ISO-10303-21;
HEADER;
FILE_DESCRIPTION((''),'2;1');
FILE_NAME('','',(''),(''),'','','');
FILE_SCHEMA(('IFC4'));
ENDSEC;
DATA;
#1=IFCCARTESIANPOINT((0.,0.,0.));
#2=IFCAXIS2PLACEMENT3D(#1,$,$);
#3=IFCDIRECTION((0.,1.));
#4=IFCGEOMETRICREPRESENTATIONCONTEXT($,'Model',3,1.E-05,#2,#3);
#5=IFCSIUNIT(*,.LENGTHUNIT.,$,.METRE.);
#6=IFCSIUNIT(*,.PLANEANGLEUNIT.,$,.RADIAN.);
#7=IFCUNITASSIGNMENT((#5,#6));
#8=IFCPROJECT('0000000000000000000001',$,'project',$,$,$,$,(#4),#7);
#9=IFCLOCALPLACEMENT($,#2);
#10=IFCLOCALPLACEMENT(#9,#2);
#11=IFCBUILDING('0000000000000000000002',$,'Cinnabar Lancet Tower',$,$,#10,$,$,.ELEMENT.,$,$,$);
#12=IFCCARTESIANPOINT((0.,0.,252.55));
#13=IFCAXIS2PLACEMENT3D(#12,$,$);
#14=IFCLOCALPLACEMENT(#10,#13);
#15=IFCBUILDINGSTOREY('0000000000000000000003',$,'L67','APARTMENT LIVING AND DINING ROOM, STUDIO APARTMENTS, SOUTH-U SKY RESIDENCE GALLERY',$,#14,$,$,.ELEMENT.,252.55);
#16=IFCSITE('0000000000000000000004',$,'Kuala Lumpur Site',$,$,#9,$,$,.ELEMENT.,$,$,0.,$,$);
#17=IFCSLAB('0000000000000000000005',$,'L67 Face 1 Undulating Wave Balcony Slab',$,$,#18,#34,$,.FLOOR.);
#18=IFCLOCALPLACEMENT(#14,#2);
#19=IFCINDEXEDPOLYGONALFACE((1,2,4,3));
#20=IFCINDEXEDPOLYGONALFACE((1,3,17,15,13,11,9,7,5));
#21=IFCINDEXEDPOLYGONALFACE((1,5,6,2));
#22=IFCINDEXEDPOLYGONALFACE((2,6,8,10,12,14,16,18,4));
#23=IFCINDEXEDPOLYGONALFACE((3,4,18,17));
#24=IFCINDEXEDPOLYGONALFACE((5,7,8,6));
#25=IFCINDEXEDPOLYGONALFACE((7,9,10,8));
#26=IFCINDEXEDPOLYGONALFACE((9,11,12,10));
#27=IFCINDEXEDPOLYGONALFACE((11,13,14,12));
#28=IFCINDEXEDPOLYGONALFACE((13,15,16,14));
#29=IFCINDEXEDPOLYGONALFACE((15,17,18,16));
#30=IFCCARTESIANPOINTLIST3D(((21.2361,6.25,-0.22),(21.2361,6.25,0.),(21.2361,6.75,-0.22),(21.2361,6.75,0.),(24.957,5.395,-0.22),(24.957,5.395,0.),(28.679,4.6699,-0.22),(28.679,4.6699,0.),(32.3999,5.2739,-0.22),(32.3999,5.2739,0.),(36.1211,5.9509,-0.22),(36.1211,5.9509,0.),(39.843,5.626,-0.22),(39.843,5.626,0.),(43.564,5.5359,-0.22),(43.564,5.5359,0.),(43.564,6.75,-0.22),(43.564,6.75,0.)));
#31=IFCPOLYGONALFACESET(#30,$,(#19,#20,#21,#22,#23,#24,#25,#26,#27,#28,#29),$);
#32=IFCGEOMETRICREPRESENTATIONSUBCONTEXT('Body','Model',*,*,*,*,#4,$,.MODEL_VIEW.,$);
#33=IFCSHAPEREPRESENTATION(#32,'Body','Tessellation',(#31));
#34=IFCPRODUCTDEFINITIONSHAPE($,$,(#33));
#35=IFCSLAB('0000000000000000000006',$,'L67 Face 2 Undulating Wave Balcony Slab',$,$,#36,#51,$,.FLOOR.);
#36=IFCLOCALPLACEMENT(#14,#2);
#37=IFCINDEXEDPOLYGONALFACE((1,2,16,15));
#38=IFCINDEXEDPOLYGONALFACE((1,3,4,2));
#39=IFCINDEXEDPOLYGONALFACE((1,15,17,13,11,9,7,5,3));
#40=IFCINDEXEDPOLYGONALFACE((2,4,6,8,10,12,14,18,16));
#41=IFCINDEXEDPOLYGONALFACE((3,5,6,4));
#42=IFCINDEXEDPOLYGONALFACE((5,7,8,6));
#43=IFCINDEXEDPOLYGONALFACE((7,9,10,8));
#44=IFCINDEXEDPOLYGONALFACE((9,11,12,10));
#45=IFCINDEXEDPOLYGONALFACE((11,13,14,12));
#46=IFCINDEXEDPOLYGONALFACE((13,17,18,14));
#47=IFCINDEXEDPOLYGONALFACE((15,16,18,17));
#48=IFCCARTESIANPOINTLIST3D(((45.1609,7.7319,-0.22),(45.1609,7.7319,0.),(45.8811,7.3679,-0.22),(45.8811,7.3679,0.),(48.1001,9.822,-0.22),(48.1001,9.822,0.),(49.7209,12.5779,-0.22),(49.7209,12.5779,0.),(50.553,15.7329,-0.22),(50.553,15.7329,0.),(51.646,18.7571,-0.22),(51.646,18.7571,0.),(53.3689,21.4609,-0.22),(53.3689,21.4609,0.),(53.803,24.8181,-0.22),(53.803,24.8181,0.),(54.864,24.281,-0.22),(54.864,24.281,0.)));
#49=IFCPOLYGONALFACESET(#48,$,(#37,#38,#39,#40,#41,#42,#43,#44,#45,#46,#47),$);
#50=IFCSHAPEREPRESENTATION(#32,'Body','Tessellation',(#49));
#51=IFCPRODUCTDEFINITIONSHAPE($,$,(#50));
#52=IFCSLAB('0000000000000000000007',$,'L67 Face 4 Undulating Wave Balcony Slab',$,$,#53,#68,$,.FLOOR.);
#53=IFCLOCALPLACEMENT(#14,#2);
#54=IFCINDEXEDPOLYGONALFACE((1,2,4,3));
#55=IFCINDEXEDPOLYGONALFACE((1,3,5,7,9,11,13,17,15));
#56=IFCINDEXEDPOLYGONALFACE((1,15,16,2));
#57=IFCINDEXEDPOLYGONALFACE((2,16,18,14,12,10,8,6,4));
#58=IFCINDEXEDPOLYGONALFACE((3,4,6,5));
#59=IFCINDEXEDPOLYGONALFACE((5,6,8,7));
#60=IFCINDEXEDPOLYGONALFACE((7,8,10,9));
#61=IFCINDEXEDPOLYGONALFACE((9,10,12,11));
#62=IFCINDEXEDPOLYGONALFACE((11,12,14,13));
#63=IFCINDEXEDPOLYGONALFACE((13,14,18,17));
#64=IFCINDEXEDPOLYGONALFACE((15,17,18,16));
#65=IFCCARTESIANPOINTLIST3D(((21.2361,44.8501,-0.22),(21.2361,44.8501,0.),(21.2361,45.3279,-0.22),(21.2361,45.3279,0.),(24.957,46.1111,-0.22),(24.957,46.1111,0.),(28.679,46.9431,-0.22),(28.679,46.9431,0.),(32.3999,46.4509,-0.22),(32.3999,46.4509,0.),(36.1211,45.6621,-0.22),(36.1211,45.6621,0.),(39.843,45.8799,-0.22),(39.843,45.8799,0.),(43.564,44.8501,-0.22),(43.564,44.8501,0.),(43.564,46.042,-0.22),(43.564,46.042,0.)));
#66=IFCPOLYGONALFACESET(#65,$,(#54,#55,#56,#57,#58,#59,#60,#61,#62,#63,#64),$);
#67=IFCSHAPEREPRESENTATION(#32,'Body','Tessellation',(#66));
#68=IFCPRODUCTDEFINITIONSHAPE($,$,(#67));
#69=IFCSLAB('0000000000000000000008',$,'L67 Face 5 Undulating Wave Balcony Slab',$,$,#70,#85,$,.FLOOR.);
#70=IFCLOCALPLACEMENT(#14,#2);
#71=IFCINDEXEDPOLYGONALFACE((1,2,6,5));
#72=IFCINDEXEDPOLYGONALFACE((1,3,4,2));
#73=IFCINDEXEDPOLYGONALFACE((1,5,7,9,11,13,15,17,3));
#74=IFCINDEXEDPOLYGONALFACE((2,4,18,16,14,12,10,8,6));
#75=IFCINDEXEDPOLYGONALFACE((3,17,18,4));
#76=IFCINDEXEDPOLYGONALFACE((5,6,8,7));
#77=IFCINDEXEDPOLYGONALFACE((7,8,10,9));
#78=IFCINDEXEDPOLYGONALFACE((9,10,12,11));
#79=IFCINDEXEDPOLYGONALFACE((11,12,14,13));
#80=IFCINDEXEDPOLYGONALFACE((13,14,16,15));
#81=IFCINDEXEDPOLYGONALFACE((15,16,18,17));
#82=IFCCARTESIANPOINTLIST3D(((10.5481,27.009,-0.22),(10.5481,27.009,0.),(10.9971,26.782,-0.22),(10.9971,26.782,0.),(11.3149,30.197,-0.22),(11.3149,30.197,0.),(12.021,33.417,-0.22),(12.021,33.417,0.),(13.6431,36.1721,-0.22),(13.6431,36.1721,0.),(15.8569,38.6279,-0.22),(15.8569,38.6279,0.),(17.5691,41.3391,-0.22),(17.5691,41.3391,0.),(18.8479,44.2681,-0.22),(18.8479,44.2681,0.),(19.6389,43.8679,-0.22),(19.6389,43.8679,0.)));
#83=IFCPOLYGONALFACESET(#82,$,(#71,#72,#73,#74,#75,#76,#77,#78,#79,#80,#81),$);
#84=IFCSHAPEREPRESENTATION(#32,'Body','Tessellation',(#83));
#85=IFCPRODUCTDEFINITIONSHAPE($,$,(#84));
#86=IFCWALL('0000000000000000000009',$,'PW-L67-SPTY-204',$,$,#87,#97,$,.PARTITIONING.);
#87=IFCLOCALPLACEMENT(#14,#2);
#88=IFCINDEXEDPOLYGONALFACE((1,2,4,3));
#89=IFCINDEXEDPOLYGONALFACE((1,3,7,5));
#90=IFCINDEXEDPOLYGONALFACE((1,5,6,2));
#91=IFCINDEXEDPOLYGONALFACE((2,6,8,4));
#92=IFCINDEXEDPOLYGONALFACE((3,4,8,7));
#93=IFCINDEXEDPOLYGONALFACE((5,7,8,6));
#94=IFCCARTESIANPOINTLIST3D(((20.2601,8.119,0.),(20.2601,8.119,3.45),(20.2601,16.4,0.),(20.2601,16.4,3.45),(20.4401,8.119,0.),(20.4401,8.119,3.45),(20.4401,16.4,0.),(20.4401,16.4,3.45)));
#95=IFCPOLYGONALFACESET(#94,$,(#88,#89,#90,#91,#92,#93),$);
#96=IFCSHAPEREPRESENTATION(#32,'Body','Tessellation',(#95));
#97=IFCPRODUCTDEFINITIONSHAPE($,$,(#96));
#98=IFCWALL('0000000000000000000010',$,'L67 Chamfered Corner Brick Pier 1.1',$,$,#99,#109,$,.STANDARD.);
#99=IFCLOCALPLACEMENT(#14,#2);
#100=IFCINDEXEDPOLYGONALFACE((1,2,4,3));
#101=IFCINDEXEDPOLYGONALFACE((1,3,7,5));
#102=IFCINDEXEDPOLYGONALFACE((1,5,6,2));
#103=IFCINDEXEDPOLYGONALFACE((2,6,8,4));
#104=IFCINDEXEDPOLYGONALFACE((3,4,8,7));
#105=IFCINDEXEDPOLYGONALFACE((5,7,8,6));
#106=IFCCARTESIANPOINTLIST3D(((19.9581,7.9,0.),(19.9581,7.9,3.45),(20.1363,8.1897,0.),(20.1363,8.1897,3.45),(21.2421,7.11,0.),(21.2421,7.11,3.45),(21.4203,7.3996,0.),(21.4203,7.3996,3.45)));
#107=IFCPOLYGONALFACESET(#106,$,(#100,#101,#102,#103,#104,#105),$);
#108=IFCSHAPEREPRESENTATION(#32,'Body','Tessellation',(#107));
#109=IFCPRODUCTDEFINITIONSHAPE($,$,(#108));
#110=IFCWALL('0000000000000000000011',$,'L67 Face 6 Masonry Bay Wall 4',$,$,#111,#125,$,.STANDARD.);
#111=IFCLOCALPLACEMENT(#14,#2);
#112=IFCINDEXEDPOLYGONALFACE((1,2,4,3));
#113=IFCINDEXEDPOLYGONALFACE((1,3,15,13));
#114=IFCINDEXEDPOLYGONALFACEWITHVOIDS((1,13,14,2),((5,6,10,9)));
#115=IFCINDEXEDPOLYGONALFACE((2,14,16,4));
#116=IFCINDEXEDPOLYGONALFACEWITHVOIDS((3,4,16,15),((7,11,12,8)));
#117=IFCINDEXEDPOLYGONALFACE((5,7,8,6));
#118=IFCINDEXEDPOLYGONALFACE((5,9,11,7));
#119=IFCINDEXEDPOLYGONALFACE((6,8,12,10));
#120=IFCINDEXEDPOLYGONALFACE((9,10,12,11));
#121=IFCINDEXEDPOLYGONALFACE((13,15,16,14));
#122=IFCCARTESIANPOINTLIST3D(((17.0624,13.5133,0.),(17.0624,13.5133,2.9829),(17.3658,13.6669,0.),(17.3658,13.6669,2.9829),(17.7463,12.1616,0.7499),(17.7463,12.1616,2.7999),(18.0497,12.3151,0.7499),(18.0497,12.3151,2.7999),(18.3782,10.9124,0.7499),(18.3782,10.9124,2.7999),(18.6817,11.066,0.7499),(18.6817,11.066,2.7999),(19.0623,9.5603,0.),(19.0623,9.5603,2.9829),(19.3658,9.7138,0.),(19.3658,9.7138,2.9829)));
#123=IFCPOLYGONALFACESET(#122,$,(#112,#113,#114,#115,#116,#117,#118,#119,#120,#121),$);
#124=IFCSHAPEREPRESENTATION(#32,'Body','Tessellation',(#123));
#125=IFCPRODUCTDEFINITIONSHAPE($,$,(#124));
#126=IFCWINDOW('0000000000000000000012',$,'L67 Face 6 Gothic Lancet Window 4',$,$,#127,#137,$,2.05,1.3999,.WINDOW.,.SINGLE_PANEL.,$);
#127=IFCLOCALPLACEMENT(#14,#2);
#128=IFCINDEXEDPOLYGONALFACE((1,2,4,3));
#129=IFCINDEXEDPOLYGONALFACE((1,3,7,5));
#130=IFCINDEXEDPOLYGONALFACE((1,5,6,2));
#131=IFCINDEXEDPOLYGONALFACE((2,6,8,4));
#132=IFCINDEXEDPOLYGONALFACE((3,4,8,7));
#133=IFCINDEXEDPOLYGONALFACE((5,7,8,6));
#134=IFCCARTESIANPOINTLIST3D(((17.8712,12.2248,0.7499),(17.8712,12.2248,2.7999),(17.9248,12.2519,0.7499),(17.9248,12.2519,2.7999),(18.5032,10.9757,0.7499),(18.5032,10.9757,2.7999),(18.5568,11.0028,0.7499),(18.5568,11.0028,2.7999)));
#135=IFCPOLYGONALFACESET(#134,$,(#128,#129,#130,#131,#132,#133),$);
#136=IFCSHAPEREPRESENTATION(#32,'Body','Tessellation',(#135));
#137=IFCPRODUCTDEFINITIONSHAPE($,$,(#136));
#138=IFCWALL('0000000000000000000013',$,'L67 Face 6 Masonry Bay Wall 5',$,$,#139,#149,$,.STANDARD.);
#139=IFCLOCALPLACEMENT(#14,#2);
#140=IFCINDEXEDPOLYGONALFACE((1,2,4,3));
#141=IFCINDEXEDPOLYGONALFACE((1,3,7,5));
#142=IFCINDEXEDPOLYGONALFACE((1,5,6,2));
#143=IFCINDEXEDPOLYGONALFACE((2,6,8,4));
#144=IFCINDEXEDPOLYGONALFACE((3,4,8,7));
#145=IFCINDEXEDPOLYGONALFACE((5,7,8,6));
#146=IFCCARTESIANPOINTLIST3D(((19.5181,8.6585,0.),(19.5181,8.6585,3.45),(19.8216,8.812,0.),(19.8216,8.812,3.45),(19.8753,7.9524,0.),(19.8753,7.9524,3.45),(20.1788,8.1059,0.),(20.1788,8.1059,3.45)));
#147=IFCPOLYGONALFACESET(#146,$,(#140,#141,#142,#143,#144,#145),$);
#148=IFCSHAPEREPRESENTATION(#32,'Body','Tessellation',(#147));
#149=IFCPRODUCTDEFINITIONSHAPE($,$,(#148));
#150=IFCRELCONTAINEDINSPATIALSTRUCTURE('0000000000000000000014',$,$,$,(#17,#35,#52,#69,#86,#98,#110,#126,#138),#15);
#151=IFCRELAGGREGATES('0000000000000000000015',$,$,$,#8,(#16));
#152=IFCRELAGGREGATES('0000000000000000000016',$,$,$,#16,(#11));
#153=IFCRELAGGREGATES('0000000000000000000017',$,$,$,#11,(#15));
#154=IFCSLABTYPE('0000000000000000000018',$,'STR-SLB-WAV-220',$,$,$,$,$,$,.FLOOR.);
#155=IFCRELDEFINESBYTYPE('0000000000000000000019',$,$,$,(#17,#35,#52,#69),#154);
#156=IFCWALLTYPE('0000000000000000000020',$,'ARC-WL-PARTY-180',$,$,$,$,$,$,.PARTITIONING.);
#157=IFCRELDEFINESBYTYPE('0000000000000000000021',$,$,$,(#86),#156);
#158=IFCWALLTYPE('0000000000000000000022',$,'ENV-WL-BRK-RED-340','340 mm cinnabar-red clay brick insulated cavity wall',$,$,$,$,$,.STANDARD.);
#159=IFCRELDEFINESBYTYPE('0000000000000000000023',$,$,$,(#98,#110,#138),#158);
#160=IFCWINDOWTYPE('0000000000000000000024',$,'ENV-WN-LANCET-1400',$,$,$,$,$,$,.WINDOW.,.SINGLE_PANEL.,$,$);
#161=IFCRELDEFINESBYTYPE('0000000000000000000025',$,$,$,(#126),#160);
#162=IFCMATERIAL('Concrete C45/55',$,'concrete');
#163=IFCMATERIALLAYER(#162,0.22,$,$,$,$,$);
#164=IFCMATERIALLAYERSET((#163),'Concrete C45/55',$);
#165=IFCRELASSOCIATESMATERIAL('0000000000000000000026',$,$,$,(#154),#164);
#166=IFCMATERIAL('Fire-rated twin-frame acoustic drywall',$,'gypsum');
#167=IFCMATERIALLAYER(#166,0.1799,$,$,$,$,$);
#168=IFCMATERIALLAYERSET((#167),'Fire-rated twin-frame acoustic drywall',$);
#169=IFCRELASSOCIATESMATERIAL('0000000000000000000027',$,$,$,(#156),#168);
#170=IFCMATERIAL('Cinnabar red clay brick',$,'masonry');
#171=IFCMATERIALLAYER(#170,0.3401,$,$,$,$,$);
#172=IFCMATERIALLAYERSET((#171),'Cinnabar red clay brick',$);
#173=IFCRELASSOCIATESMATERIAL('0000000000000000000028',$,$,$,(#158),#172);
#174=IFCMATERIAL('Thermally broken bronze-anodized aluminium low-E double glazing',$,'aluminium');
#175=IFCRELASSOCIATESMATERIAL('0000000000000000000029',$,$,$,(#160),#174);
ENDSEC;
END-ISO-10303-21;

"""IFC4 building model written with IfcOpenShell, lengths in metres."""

from ifc_helpers import new_model, si_unit, direction, frame, frame_2d, origin, place, context, subcontext, project, spatial, polyline, rectangle, outline, extrude, material, layer, layer_set, type_object, element, fill, save


model = new_model("IFC4")

# Units and contexts
model_context = context("Model", 3, precision=1e-05, world=origin(), true_north=direction((0.0, 1.0)))
body_context = subcontext(model_context, "Body", "Model", "MODEL_VIEW")
ifc_project = project(units=[si_unit("LENGTHUNIT", "METRE"), si_unit("PLANEANGLEUNIT", "RADIAN")], contexts=[model_context])

# Site, building, storey
site_placement = place(None, origin())
site = spatial("IfcSite", under=ifc_project, at=site_placement, Name="Kuala Lumpur Site", CompositionType="ELEMENT", RefElevation=0.0)
building_placement = place(site_placement, origin())
building = spatial("IfcBuilding", under=site, at=building_placement, Name="Cinnabar Lancet Tower", CompositionType="ELEMENT")
storey_placement = place(building_placement, frame((0.0, 0.0, 252.55)))
storey = spatial("IfcBuildingStorey", under=building, at=storey_placement, Name="L67", Description="APARTMENT LIVING AND DINING ROOM, STUDIO APARTMENTS, SOUTH-U SKY RESIDENCE GALLERY", CompositionType="ELEMENT", Elevation=252.55)

# Slabs
ifc_material_1 = material(Name="Concrete C45/55", Category="concrete")
ifc_layer_1 = layer(ifc_material_1, 0.22)
ifc_layer_set_1 = layer_set([ifc_layer_1], Name="Concrete C45/55")
slab_type_1 = type_object("IfcSlabType", Name="STR-SLB-WAV-220", PredefinedType="FLOOR", material=ifc_layer_set_1)
slab_1_placement = place(storey_placement, frame((0.0, 0.0, -0.22)))
element("IfcSlab", 1, at=slab_1_placement, inside=storey, type_object=slab_type_1, Name="L67 Face 1 Undulating Wave Balcony Slab", PredefinedType="FLOOR", context=body_context, shape_type="SweptSolid", body=[
    extrude(outline(polyline([(21.2361, 6.75), (21.2361, 6.25), (24.957, 5.395), (28.679, 4.6699), (32.3999, 5.2739), (36.1211, 5.9509), (39.843, 5.626), (43.564, 5.5359), (43.564, 6.75), (21.2361, 6.75)])), origin(), (0.0, 0.0, 1.0), 0.22),
])
slab_2_placement = place(storey_placement, frame((0.0, 0.0, -0.22)))
element("IfcSlab", 2, at=slab_2_placement, inside=storey, type_object=slab_type_1, Name="L67 Face 2 Undulating Wave Balcony Slab", PredefinedType="FLOOR", context=body_context, shape_type="SweptSolid", body=[
    extrude(outline(polyline([(45.1609, 7.7319), (45.8811, 7.3679), (48.1001, 9.822), (49.7209, 12.5779), (50.553, 15.7329), (51.646, 18.7571), (53.3689, 21.4609), (54.864, 24.281), (53.803, 24.8181), (45.1609, 7.7319)])), origin(), (0.0, 0.0, 1.0), 0.22),
])
slab_3_placement = place(storey_placement, frame((0.0, 0.0, -0.22)))
element("IfcSlab", 3, at=slab_3_placement, inside=storey, type_object=slab_type_1, Name="L67 Face 4 Undulating Wave Balcony Slab", PredefinedType="FLOOR", context=body_context, shape_type="SweptSolid", body=[
    extrude(outline(polyline([(43.564, 44.8501), (43.564, 46.042), (39.843, 45.8799), (36.1211, 45.6621), (32.3999, 46.4509), (28.679, 46.9431), (24.957, 46.1111), (21.2361, 45.3279), (21.2361, 44.8501), (43.564, 44.8501)])), origin(), (0.0, 0.0, 1.0), 0.22),
])
slab_4_placement = place(storey_placement, frame((0.0, 0.0, -0.22)))
element("IfcSlab", 4, at=slab_4_placement, inside=storey, type_object=slab_type_1, Name="L67 Face 5 Undulating Wave Balcony Slab", PredefinedType="FLOOR", context=body_context, shape_type="SweptSolid", body=[
    extrude(outline(polyline([(19.6389, 43.8679), (18.8479, 44.2681), (17.5691, 41.3391), (15.8569, 38.6279), (13.6431, 36.1721), (12.021, 33.417), (11.3149, 30.197), (10.5481, 27.009), (10.9971, 26.782), (19.6389, 43.8679)])), origin(), (0.0, 0.0, 1.0), 0.22),
])

# Walls
ifc_material_2 = material(Name="Fire-rated twin-frame acoustic drywall", Category="gypsum")
ifc_layer_2 = layer(ifc_material_2, 0.1799)
ifc_layer_set_2 = layer_set([ifc_layer_2], Name="Fire-rated twin-frame acoustic drywall")
wall_type_1 = type_object("IfcWallType", Name="ARC-WL-PARTY-180", PredefinedType="PARTITIONING", material=ifc_layer_set_2)
wall_1_placement = place(storey_placement, frame((20.3501, 8.1189, 0.0), z_axis=(0.0, 0.0, 1.0), x_axis=(0.0, 1.0, 0.0)))
element("IfcWall", 5, at=wall_1_placement, inside=storey, type_object=wall_type_1, Name="PW-L67-SPTY-204", PredefinedType="PARTITIONING", context=body_context, shape_type="SweptSolid", body=[
    extrude(rectangle(XDim=8.281, YDim=0.1799, at=frame_2d((4.1406, 0.0))), origin(), (0.0, 0.0, 1.0), 3.45),
])
ifc_material_3 = material(Name="Cinnabar red clay brick", Category="masonry")
ifc_layer_3 = layer(ifc_material_3, 0.3401)
ifc_layer_set_3 = layer_set([ifc_layer_3], Name="Cinnabar red clay brick")
wall_type_2 = type_object("IfcWallType", Name="ENV-WL-BRK-RED-340", Description="340 mm cinnabar-red clay brick insulated cavity wall", PredefinedType="STANDARD", material=ifc_layer_set_3)
wall_2_placement = place(storey_placement, frame((20.0471, 8.0449, 0.0), z_axis=(0.0, 0.0, 1.0), x_axis=(0.851681, -0.524061, 0.0)))
element("IfcWall", 6, at=wall_2_placement, inside=storey, type_object=wall_type_2, Name="L67 Chamfered Corner Brick Pier 1.1", PredefinedType="STANDARD", context=body_context, shape_type="SweptSolid", body=[
    extrude(rectangle(XDim=1.5076, YDim=0.3401, at=frame_2d((0.7539, 0.0))), origin(), (0.0, 0.0, 1.0), 3.45),
])

# Wall, opening, window
wall_3_placement = place(storey_placement, frame((17.2141, 13.5901, 0.0), z_axis=(0.0, 0.0, 1.0), x_axis=(0.451441, -0.892301, 0.0)))
wall_3 = element("IfcWall", 7, at=wall_3_placement, inside=storey, type_object=wall_type_2, Name="L67 Face 6 Masonry Bay Wall 4", PredefinedType="STANDARD", context=body_context, shape_type="SweptSolid", body=[
    extrude(rectangle(XDim=4.4302, YDim=0.3401, at=frame_2d((2.2151, 0.0))), origin(), (0.0, 0.0, 1.0), 2.9829),
])
opening_placement = place(wall_3_placement, frame((1.5149, 0.0, 0.75)))
opening = element("IfcOpeningElement", 8, at=opening_placement, cuts=wall_3, PredefinedType="OPENING", context=body_context, shape_type="SweptSolid", body=[
    extrude(rectangle(XDim=1.3999, YDim=2.05, at=frame_2d((0.7, 1.0249))), frame((0.0, 0.1799, 0.0), z_axis=(0.0, -1.0, 0.0), x_axis=(1.0, 0.0, 0.0)), (0.0, 0.0, 1.0), 0.3601),
])
ifc_material_4 = material(Name="Thermally broken bronze-anodized aluminium low-E double glazing", Category="aluminium")
window_type = type_object("IfcWindowType", Name="ENV-WN-LANCET-1400", PartitioningType="SINGLE_PANEL", PredefinedType="WINDOW", material=ifc_material_4)
window_placement = place(opening_placement, origin())
window = element("IfcWindow", 9, at=window_placement, inside=storey, type_object=window_type, Name="L67 Face 6 Gothic Lancet Window 4", OverallHeight=2.05, OverallWidth=1.3999, PartitioningType="SINGLE_PANEL", PredefinedType="WINDOW", context=body_context, shape_type="SweptSolid", body=[
    extrude(rectangle(XDim=1.3999, YDim=2.05, at=frame_2d((0.7, 1.0249))), frame((0.0, 0.03, 0.0), z_axis=(0.0, -1.0, 0.0), x_axis=(1.0, 0.0, 0.0)), (0.0, 0.0, 1.0), 0.0601),
])
fill(opening, window)

# Wall
wall_4_placement = place(storey_placement, frame((19.6699, 8.7351, 0.0), z_axis=(0.0, 0.0, 1.0), x_axis=(0.451405, -0.892319, 0.0)))
element("IfcWall", 10, at=wall_4_placement, inside=storey, type_object=wall_type_2, Name="L67 Face 6 Masonry Bay Wall 5", PredefinedType="STANDARD", context=body_context, shape_type="SweptSolid", body=[
    extrude(rectangle(XDim=0.7913, YDim=0.3401, at=frame_2d((0.3955, 0.0))), origin(), (0.0, 0.0, 1.0), 3.45),
])

save(model, "model.ifc")
